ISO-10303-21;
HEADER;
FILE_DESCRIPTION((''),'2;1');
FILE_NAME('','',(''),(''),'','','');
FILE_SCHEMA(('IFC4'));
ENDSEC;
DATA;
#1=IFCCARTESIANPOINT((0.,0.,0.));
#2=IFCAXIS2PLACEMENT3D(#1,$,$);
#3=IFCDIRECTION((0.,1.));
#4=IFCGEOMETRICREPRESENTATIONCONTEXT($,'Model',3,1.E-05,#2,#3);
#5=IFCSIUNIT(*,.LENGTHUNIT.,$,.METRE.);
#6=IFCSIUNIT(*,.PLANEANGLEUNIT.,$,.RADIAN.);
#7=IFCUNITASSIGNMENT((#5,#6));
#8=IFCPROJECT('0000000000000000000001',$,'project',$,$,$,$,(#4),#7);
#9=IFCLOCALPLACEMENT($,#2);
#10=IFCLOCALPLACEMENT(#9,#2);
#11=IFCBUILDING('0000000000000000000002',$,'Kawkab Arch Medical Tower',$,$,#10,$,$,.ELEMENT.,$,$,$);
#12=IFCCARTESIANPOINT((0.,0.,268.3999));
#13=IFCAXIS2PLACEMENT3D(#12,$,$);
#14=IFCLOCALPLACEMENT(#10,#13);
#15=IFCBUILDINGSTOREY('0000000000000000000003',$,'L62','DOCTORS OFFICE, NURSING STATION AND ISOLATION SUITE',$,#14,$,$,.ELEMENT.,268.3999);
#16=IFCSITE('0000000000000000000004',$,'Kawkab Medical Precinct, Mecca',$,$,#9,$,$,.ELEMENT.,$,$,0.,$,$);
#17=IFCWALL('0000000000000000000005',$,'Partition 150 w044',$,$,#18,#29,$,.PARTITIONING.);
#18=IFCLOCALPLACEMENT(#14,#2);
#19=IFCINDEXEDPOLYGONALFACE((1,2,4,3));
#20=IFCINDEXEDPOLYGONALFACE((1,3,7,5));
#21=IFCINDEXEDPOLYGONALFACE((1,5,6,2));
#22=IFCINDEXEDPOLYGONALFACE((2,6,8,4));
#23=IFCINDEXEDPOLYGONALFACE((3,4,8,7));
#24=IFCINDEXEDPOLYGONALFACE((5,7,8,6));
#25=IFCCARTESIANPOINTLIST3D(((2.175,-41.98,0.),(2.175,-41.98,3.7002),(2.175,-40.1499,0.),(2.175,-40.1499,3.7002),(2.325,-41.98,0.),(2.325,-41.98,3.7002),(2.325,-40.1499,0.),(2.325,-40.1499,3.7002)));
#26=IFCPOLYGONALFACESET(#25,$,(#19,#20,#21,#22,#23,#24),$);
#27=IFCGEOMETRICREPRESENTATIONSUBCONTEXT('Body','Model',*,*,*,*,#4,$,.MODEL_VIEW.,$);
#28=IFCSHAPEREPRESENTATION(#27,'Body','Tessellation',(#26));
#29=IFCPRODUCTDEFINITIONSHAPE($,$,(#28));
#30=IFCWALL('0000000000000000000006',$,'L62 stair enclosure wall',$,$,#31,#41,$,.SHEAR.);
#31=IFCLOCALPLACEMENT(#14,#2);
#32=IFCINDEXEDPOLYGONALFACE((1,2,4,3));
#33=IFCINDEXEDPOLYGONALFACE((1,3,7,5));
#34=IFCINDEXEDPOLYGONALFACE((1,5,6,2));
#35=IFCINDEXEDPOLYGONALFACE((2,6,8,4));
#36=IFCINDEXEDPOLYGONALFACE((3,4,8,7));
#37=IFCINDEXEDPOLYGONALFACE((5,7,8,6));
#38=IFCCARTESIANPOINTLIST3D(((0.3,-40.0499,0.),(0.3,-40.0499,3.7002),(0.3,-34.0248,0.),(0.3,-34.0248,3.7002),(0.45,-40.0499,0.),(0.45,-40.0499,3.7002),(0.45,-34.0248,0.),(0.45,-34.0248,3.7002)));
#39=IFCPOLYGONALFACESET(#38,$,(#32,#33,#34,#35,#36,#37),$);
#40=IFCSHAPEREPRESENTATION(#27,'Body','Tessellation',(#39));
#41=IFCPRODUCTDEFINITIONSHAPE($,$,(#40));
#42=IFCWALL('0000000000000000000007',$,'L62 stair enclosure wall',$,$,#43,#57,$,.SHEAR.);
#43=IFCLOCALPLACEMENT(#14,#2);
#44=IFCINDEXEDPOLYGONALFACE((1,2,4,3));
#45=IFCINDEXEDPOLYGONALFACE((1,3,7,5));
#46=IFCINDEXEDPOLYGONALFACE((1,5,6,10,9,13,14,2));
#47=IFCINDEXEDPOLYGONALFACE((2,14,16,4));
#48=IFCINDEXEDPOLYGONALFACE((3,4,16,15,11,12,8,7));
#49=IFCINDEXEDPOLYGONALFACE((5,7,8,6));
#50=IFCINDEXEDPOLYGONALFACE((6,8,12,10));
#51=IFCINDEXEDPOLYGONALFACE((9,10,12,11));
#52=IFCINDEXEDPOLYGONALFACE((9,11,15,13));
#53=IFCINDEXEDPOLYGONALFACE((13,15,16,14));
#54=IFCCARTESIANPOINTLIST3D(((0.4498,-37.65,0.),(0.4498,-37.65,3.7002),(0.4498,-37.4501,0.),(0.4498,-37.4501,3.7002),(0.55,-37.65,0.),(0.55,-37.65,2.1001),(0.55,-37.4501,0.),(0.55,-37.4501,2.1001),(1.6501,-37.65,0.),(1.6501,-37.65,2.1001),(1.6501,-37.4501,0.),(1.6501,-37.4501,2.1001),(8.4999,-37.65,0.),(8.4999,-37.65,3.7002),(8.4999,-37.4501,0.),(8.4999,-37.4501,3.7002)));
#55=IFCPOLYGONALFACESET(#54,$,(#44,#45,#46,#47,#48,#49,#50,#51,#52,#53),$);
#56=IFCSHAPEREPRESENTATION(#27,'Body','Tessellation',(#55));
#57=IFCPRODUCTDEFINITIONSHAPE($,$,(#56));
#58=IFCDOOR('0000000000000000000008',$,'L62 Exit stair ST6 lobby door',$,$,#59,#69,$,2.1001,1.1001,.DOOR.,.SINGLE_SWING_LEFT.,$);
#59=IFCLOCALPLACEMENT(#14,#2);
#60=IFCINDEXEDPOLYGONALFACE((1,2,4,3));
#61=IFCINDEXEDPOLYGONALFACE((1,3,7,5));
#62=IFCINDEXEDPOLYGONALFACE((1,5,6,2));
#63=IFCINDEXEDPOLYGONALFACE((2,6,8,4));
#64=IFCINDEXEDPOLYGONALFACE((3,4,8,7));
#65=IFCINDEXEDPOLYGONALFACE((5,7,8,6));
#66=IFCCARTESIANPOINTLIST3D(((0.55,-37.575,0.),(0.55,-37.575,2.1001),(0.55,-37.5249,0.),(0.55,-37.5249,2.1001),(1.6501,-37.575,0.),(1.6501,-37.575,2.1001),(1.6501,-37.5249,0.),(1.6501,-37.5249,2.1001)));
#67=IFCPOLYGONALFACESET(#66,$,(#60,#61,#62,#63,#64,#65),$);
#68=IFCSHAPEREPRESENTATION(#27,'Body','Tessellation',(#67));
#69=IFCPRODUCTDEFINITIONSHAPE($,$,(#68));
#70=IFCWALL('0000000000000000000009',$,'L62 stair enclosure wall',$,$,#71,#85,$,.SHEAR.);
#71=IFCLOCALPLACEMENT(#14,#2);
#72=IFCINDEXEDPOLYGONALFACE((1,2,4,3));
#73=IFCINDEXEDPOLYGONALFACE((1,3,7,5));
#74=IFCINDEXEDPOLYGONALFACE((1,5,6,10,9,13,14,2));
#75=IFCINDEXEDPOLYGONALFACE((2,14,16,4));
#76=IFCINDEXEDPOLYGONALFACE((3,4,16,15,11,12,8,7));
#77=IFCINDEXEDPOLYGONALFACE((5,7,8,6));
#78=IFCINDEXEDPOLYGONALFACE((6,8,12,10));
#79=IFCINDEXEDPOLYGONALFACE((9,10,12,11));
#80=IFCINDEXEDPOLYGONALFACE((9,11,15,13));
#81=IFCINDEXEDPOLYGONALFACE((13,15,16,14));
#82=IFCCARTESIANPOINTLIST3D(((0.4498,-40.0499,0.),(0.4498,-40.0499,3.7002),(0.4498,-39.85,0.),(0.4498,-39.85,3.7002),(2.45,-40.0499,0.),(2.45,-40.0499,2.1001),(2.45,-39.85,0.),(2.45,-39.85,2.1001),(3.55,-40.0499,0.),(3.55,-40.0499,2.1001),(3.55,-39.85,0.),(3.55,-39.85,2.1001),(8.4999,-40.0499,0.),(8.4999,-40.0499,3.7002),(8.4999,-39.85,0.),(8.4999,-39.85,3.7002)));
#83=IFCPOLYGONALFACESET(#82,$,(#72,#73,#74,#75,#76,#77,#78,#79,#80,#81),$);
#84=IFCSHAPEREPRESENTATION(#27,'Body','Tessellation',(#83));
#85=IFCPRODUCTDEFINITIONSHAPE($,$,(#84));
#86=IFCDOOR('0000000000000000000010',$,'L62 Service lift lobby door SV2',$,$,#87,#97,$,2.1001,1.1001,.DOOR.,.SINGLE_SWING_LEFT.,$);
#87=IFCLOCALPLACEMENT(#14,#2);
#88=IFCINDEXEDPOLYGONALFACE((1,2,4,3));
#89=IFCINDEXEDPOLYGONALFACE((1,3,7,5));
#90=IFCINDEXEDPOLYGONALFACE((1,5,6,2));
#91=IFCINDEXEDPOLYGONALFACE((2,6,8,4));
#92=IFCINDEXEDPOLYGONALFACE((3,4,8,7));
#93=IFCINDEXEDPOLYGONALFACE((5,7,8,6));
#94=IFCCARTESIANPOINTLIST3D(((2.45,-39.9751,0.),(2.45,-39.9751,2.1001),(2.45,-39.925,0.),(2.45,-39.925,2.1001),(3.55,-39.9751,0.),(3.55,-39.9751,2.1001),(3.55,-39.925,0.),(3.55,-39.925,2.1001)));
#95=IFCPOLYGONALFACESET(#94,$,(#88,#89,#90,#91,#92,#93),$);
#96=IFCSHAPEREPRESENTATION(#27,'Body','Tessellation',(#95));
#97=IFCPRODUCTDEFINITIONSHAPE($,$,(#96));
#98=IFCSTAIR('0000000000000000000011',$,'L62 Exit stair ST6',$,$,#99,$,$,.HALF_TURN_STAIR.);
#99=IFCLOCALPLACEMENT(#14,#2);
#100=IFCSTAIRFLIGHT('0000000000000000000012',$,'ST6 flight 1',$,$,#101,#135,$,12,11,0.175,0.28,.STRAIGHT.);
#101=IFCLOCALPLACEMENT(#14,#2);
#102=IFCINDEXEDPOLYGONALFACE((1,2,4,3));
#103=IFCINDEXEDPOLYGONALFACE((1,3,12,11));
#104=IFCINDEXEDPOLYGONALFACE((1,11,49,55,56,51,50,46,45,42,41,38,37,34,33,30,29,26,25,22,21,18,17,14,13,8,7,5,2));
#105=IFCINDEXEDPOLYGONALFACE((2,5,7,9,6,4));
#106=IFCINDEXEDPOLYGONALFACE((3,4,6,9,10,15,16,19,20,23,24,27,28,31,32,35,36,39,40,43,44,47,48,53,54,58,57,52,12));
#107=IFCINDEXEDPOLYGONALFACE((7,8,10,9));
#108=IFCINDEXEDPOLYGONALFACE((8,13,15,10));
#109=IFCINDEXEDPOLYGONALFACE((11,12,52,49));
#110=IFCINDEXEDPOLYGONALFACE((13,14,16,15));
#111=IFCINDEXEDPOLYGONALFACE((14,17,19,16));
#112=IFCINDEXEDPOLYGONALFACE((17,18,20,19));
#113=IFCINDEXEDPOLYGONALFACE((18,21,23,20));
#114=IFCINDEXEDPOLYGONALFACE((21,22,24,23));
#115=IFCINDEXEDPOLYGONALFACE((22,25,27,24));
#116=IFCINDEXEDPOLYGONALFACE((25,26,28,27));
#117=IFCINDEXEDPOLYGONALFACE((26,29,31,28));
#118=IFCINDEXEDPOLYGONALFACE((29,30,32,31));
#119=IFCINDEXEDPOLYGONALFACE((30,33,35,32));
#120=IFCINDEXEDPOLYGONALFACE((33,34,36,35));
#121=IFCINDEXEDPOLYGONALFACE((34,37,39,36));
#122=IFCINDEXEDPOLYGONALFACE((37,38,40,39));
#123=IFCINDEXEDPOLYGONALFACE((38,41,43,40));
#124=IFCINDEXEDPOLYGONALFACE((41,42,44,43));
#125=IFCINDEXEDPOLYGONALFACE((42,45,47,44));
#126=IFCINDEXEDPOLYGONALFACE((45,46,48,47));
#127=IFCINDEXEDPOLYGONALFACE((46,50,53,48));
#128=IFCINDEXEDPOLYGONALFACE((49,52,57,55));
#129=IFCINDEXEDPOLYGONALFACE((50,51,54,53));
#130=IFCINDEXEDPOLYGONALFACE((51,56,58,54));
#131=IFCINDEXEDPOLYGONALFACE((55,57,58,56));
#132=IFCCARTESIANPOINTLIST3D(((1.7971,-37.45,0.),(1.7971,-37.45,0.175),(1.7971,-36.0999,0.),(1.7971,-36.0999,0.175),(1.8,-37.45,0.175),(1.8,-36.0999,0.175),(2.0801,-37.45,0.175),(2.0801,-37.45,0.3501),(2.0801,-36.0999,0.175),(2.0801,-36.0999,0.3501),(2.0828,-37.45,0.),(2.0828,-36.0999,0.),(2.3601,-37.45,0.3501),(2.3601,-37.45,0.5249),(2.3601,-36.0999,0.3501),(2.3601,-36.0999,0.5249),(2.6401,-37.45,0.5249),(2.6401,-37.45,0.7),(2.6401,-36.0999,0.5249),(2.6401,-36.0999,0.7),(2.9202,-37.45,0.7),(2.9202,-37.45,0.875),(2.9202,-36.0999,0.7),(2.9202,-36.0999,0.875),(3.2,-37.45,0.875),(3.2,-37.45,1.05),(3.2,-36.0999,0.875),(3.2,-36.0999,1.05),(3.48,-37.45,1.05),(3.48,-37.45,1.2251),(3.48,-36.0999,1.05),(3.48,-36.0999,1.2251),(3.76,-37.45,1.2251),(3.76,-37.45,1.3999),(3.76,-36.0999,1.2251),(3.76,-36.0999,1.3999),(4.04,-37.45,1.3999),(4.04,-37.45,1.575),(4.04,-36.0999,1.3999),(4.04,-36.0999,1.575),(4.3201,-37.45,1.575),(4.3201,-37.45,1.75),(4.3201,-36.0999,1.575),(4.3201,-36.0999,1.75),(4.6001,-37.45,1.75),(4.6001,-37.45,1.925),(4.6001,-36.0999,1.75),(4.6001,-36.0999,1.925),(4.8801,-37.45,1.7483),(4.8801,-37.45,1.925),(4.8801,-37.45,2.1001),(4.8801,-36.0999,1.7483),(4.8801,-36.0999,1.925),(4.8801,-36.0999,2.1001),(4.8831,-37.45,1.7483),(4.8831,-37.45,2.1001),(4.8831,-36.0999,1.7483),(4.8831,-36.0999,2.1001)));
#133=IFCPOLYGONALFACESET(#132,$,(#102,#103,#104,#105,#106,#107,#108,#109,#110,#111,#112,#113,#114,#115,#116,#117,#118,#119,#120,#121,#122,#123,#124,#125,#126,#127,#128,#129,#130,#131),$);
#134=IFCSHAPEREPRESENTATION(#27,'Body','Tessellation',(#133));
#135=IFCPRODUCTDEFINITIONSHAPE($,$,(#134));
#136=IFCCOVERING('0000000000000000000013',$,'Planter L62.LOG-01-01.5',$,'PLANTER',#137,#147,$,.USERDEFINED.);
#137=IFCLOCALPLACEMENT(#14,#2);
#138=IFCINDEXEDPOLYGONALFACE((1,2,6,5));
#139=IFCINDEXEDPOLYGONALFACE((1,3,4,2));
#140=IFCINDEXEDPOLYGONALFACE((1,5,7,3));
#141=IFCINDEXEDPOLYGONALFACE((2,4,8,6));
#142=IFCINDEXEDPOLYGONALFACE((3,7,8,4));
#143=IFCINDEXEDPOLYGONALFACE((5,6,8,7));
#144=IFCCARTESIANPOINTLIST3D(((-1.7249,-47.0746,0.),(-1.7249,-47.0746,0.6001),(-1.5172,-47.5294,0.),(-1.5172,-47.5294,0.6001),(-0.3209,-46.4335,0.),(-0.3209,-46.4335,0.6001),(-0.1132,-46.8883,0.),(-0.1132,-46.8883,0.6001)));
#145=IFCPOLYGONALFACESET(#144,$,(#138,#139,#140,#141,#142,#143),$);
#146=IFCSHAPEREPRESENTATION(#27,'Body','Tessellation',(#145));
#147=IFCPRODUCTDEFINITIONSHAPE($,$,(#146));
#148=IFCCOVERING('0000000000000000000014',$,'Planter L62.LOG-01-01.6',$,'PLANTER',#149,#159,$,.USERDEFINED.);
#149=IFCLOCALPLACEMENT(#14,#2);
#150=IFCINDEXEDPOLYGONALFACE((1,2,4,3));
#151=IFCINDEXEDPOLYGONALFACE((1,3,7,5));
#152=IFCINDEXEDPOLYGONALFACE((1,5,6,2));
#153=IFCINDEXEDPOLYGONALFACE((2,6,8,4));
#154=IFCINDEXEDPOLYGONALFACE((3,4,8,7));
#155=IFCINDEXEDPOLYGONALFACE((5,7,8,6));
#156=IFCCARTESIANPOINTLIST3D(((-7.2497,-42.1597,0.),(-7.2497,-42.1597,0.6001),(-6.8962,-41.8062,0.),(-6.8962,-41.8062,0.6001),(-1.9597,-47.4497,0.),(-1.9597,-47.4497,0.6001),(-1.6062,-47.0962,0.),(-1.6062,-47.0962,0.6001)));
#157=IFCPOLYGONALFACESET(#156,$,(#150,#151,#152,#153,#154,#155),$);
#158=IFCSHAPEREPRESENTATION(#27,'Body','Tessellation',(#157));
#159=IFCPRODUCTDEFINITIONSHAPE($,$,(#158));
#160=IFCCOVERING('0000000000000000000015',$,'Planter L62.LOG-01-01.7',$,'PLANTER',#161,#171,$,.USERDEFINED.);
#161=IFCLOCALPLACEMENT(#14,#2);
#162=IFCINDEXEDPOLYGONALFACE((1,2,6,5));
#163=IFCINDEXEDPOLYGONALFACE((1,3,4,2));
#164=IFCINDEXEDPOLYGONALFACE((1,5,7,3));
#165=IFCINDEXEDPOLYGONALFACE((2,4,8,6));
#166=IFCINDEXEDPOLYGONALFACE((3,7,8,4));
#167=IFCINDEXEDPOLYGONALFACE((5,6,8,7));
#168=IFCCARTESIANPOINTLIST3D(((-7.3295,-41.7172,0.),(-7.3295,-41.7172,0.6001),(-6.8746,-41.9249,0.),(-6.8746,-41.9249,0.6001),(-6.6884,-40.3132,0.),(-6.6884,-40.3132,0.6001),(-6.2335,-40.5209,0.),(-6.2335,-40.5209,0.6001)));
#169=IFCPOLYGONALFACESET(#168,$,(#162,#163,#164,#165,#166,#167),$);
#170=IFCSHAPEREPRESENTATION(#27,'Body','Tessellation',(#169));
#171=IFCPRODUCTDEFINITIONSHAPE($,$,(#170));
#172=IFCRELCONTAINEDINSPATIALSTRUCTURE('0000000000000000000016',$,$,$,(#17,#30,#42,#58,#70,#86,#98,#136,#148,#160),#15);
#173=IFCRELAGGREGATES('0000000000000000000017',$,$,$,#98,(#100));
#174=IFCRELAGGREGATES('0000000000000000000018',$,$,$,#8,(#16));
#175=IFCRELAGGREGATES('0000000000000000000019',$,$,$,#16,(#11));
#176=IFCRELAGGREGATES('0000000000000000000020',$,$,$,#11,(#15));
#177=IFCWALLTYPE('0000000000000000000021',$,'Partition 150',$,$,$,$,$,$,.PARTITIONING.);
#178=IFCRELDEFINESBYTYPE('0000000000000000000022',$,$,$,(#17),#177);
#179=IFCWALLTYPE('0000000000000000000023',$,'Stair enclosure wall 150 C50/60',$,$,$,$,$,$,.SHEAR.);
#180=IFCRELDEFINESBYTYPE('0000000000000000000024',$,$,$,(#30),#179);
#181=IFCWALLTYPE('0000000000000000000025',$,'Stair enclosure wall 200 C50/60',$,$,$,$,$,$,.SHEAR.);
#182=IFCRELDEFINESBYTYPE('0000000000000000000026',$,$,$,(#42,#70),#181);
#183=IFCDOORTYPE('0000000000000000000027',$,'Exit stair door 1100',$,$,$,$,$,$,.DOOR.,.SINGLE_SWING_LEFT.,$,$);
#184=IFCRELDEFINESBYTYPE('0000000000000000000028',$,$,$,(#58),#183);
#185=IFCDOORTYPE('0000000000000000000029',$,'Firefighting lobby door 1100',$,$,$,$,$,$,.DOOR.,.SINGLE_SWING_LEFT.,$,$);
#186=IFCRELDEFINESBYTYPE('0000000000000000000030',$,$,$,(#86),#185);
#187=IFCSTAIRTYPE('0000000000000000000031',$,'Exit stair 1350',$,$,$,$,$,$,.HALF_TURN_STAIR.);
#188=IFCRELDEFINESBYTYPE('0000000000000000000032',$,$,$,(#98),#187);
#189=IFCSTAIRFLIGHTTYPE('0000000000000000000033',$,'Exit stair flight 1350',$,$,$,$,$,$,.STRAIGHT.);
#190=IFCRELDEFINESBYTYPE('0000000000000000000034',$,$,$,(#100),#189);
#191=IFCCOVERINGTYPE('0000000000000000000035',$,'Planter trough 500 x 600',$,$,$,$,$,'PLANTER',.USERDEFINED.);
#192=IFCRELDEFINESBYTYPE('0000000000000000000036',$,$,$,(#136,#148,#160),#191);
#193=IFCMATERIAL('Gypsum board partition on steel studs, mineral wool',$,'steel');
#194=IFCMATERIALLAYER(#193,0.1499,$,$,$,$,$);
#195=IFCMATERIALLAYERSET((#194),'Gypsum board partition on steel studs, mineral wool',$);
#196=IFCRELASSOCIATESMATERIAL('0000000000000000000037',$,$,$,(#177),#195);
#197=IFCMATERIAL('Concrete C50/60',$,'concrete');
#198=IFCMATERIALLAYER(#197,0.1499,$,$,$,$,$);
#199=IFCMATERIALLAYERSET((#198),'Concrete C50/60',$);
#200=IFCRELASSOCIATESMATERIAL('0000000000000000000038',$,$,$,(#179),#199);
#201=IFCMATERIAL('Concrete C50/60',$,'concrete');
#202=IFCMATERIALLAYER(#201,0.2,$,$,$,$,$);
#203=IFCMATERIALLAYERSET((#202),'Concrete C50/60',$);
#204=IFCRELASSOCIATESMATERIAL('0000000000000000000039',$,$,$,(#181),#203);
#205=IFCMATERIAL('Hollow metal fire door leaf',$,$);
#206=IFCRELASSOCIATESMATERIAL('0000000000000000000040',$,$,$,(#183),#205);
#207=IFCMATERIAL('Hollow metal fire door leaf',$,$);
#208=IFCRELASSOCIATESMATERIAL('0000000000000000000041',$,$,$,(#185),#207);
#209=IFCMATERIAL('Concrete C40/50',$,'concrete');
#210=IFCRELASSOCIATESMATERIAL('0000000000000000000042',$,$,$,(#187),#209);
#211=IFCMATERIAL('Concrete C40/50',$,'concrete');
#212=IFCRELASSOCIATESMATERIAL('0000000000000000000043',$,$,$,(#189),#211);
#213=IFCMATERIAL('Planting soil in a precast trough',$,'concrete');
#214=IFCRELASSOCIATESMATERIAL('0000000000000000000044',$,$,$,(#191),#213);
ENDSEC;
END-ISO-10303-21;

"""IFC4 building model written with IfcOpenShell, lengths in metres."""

from ifc_helpers import new_model, si_unit, direction, frame, frame_2d, origin, origin_2d, place, context, subcontext, project, spatial, polyline, rectangle, outline, extrude, material, layer, layer_set, material_profile, profile_set, type_object, element, fill, aggregate, save


model = new_model("IFC4")

# Units and contexts
model_context = context("Model", 3, precision=1e-05, world=origin(), true_north=direction((0.0, 1.0)))
body_context = subcontext(model_context, "Body", "Model", "MODEL_VIEW")
ifc_project = project(units=[si_unit("LENGTHUNIT", "METRE"), si_unit("PLANEANGLEUNIT", "RADIAN")], contexts=[model_context])

# Site, building, storey
site_placement = place(None, origin())
site = spatial("IfcSite", under=ifc_project, at=site_placement, Name="Kawkab Medical Precinct, Mecca", CompositionType="ELEMENT", RefElevation=0.0)
building_placement = place(site_placement, origin())
building = spatial("IfcBuilding", under=site, at=building_placement, Name="Kawkab Arch Medical Tower", CompositionType="ELEMENT")
storey_placement = place(building_placement, frame((0.0, 0.0, 268.3999)))
storey = spatial("IfcBuildingStorey", under=building, at=storey_placement, Name="L62", Description="DOCTORS OFFICE, NURSING STATION AND ISOLATION SUITE", CompositionType="ELEMENT", Elevation=268.3999)

# Shared definitions
placement = place(storey_placement, origin())

# Shared definitions
ifc_material_1 = material(Name="Gypsum board partition on steel studs, mineral wool", Category="steel")
ifc_layer_1 = layer(ifc_material_1, 0.1499)
ifc_layer_set_1 = layer_set([ifc_layer_1], Name="Gypsum board partition on steel studs, mineral wool")
wall_type_1 = type_object("IfcWallType", Name="Partition 150", PredefinedType="PARTITIONING", material=ifc_layer_set_1)

# Walls
wall_1_placement = place(storey_placement, frame((2.25, -41.98, 0.0), z_axis=(0.0, 0.0, 1.0), x_axis=(0.0, 1.0, 0.0)))
element("IfcWall", 1, at=wall_1_placement, inside=storey, type_object=wall_type_1, Name="Partition 150 w044", PredefinedType="PARTITIONING", context=body_context, shape_type="SweptSolid", body=[
    extrude(rectangle(XDim=1.8301, YDim=0.1499, at=frame_2d((0.915, 0.0))), origin(), (0.0, 0.0, 1.0), 3.7002),
])
ifc_material_2 = material(Name="Concrete C50/60", Category="concrete")
ifc_layer_2 = layer(ifc_material_2, 0.1499)
ifc_layer_set_2 = layer_set([ifc_layer_2], Name="Concrete C50/60")
wall_type_2 = type_object("IfcWallType", Name="Stair enclosure wall 150 C50/60", PredefinedType="SHEAR", material=ifc_layer_set_2)
wall_2_placement = place(storey_placement, frame((0.375, -40.05, 0.0), z_axis=(0.0, 0.0, 1.0), x_axis=(0.0, 1.0, 0.0)))
element("IfcWall", 2, at=wall_2_placement, inside=storey, type_object=wall_type_2, Name="L62 stair enclosure wall", PredefinedType="SHEAR", context=body_context, shape_type="SweptSolid", body=[
    extrude(rectangle(XDim=6.0251, YDim=0.1499, at=frame_2d((3.0127, 0.0))), origin(), (0.0, 0.0, 1.0), 3.7002),
])

# Walls, openings, doors
ifc_material_3 = material(Name="Concrete C50/60", Category="concrete")
ifc_layer_3 = layer(ifc_material_3, 0.2)
ifc_layer_set_3 = layer_set([ifc_layer_3], Name="Concrete C50/60")
wall_type_3 = type_object("IfcWallType", Name="Stair enclosure wall 200 C50/60", PredefinedType="SHEAR", material=ifc_layer_set_3)
wall_3_placement = place(storey_placement, frame((0.45, -37.55, 0.0), z_axis=(0.0, 0.0, 1.0), x_axis=(1.0, 0.0, 0.0)))
wall_3 = element("IfcWall", 3, at=wall_3_placement, inside=storey, type_object=wall_type_3, Name="L62 stair enclosure wall", PredefinedType="SHEAR", context=body_context, shape_type="SweptSolid", body=[
    extrude(rectangle(XDim=8.05, YDim=0.2, at=frame_2d((4.0249, 0.0))), origin(), (0.0, 0.0, 1.0), 3.7002),
])
opening_1_placement = place(wall_3_placement, frame((0.1001, 0.0, 0.0)))
opening_1 = element("IfcOpeningElement", 4, at=opening_1_placement, cuts=wall_3, PredefinedType="OPENING", context=body_context, shape_type="SweptSolid", body=[
    extrude(rectangle(XDim=1.1001, YDim=2.1001, at=frame_2d((0.55, 1.05))), frame((0.0, 0.1099, 0.0), z_axis=(0.0, -1.0, 0.0), x_axis=(1.0, 0.0, 0.0)), (0.0, 0.0, 1.0), 0.22),
])
ifc_material_4 = material(Name="Hollow metal fire door leaf")
door_type_1 = type_object("IfcDoorType", Name="Exit stair door 1100", OperationType="SINGLE_SWING_LEFT", PredefinedType="DOOR", material=ifc_material_4)
door_1_placement = place(opening_1_placement, frame((1.1001, 0.0, 0.0), z_axis=(0.0, 0.0, 1.0), x_axis=(-1.0, 0.0, 0.0)))
door_1 = element("IfcDoor", 5, at=door_1_placement, inside=storey, type_object=door_type_1, Name="L62 Exit stair ST6 lobby door", OperationType="SINGLE_SWING_LEFT", OverallHeight=2.1001, OverallWidth=1.1001, PredefinedType="DOOR", context=body_context, shape_type="SweptSolid", body=[
    extrude(rectangle(XDim=1.1001, YDim=2.1001, at=frame_2d((0.55, 1.05))), frame((0.0, 0.0249, 0.0), z_axis=(0.0, -1.0, 0.0), x_axis=(1.0, 0.0, 0.0)), (0.0, 0.0, 1.0), 0.05),
])
fill(opening_1, door_1)
wall_4_placement = place(storey_placement, frame((0.45, -39.95, 0.0), z_axis=(0.0, 0.0, 1.0), x_axis=(1.0, 0.0, 0.0)))
wall_4 = element("IfcWall", 6, at=wall_4_placement, inside=storey, type_object=wall_type_3, Name="L62 stair enclosure wall", PredefinedType="SHEAR", context=body_context, shape_type="SweptSolid", body=[
    extrude(rectangle(XDim=8.05, YDim=0.2, at=frame_2d((4.0249, 0.0))), origin(), (0.0, 0.0, 1.0), 3.7002),
])
opening_2_placement = place(wall_4_placement, frame((2.0, 0.0, 0.0)))
opening_2 = element("IfcOpeningElement", 7, at=opening_2_placement, cuts=wall_4, PredefinedType="OPENING", context=body_context, shape_type="SweptSolid", body=[
    extrude(rectangle(XDim=1.1001, YDim=2.1001, at=frame_2d((0.55, 1.05))), frame((0.0, 0.1099, 0.0), z_axis=(0.0, -1.0, 0.0), x_axis=(1.0, 0.0, 0.0)), (0.0, 0.0, 1.0), 0.22),
])
ifc_material_5 = material(Name="Hollow metal fire door leaf")
door_type_2 = type_object("IfcDoorType", Name="Firefighting lobby door 1100", OperationType="SINGLE_SWING_LEFT", PredefinedType="DOOR", material=ifc_material_5)
door_2_placement = place(opening_2_placement, origin())
door_2 = element("IfcDoor", 8, at=door_2_placement, inside=storey, type_object=door_type_2, Name="L62 Service lift lobby door SV2", OperationType="SINGLE_SWING_LEFT", OverallHeight=2.1001, OverallWidth=1.1001, PredefinedType="DOOR", context=body_context, shape_type="SweptSolid", body=[
    extrude(rectangle(XDim=1.1001, YDim=2.1001, at=frame_2d((0.55, 1.05))), frame((0.0, 0.0249, 0.0), z_axis=(0.0, -1.0, 0.0), x_axis=(1.0, 0.0, 0.0)), (0.0, 0.0, 1.0), 0.05),
])
fill(opening_2, door_2)

# Stair, stair flight
ifc_material_6 = material(Name="Concrete C40/50", Category="concrete")
stair_type = type_object("IfcStairType", Name="Exit stair 1350", PredefinedType="HALF_TURN_STAIR", material=ifc_material_6)
stair = element("IfcStair", 9, at=placement, inside=storey, type_object=stair_type, Name="L62 Exit stair ST6", PredefinedType="HALF_TURN_STAIR")
ifc_material_7 = material(Name="Concrete C40/50", Category="concrete")
stair_flight_type = type_object("IfcStairFlightType", Name="Exit stair flight 1350", PredefinedType="STRAIGHT", material=ifc_material_7)
stair_flight_placement = place(storey_placement, frame((1.8, -36.7749, 0.0), z_axis=(0.0, 0.0, 1.0), x_axis=(1.0, 0.0, 0.0)))
stair_flight = element("IfcStairFlight", 10, at=stair_flight_placement, type_object=stair_flight_type, Name="ST6 flight 1", NumberOfRisers=12, NumberOfTreads=11, PredefinedType="STRAIGHT", RiserHeight=0.175, TreadLength=0.28, context=body_context, shape_type="SweptSolid", body=[
    extrude(outline(polyline([(-0.0029, 0.0), (-0.0029, 0.175), (0.0, 0.175), (0.28, 0.175), (0.28, 0.3501), (0.5601, 0.3501), (0.5601, 0.5249), (0.8401, 0.5249), (0.8401, 0.7), (1.1201, 0.7), (1.1201, 0.875), (1.3999, 0.875), (1.3999, 1.05), (1.6799, 1.05), (1.6799, 1.2251), (1.96, 1.2251), (1.96, 1.3999), (2.24, 1.3999), (2.24, 1.575), (2.52, 1.575), (2.52, 1.75), (2.8, 1.75), (2.8, 1.925), (3.0801, 1.925), (3.0801, 2.1001), (3.083, 2.1001), (3.083, 1.7483), (3.0801, 1.7483), (0.2827, 0.0), (-0.0029, 0.0)])), frame((0.0, 0.675, 0.0), z_axis=(0.0, -1.0, 0.0), x_axis=(1.0, 0.0, 0.0)), (0.0, 0.0, 1.0), 1.3501),
])
aggregate(stair, [stair_flight])

# Coverings
ifc_material_8 = material(Name="Planting soil in a precast trough", Category="concrete")
ifc_material_profile_1 = material_profile(ifc_material_8, rectangle(XDim=0.5, YDim=0.6001, at=origin_2d()), Name="Trough 500x600")
ifc_profile_set_1 = profile_set([ifc_material_profile_1], Name="Planting soil in a precast trough")
covering_type = type_object("IfcCoveringType", Name="Planter trough 500 x 600", ElementType="PLANTER", PredefinedType="USERDEFINED", material=ifc_profile_set_1)
covering_1_placement = place(storey_placement, frame((-0.217, -46.6609, 0.3), z_axis=(-0.909656, -0.415363, 0.0), x_axis=(0.415363, -0.909656, 0.0)))
element("IfcCovering", 11, at=covering_1_placement, inside=storey, type_object=covering_type, Name="Planter L62.LOG-01-01.5", ObjectType="PLANTER", PredefinedType="USERDEFINED", context=body_context, shape_type="SweptSolid", body=[
    extrude(rectangle(XDim=0.5, YDim=0.6001, at=origin_2d()), origin(), (0.0, 0.0, 1.0), 1.5435),
])
covering_2_placement = place(storey_placement, frame((-1.783, -47.2729, 0.3), z_axis=(-0.707107, 0.707107, 0.0), x_axis=(-0.707107, -0.707107, 0.0)))
element("IfcCovering", 12, at=covering_2_placement, inside=storey, type_object=covering_type, Name="Planter L62.LOG-01-01.6", ObjectType="PLANTER", PredefinedType="USERDEFINED", context=body_context, shape_type="SweptSolid", body=[
    extrude(rectangle(XDim=0.5, YDim=0.6001, at=origin_2d()), origin(), (0.0, 0.0, 1.0), 7.4812),
])
covering_3_placement = place(storey_placement, frame((-7.1021, -41.821, 0.3), z_axis=(0.415363, 0.909656, 0.0), x_axis=(-0.909656, 0.415363, 0.0)))
element("IfcCovering", 13, at=covering_3_placement, inside=storey, type_object=covering_type, Name="Planter L62.LOG-01-01.7", ObjectType="PLANTER", PredefinedType="USERDEFINED", context=body_context, shape_type="SweptSolid", body=[
    extrude(rectangle(XDim=0.5, YDim=0.6001, at=origin_2d()), origin(), (0.0, 0.0, 1.0), 1.5435),
])

save(model, "model.ifc")
